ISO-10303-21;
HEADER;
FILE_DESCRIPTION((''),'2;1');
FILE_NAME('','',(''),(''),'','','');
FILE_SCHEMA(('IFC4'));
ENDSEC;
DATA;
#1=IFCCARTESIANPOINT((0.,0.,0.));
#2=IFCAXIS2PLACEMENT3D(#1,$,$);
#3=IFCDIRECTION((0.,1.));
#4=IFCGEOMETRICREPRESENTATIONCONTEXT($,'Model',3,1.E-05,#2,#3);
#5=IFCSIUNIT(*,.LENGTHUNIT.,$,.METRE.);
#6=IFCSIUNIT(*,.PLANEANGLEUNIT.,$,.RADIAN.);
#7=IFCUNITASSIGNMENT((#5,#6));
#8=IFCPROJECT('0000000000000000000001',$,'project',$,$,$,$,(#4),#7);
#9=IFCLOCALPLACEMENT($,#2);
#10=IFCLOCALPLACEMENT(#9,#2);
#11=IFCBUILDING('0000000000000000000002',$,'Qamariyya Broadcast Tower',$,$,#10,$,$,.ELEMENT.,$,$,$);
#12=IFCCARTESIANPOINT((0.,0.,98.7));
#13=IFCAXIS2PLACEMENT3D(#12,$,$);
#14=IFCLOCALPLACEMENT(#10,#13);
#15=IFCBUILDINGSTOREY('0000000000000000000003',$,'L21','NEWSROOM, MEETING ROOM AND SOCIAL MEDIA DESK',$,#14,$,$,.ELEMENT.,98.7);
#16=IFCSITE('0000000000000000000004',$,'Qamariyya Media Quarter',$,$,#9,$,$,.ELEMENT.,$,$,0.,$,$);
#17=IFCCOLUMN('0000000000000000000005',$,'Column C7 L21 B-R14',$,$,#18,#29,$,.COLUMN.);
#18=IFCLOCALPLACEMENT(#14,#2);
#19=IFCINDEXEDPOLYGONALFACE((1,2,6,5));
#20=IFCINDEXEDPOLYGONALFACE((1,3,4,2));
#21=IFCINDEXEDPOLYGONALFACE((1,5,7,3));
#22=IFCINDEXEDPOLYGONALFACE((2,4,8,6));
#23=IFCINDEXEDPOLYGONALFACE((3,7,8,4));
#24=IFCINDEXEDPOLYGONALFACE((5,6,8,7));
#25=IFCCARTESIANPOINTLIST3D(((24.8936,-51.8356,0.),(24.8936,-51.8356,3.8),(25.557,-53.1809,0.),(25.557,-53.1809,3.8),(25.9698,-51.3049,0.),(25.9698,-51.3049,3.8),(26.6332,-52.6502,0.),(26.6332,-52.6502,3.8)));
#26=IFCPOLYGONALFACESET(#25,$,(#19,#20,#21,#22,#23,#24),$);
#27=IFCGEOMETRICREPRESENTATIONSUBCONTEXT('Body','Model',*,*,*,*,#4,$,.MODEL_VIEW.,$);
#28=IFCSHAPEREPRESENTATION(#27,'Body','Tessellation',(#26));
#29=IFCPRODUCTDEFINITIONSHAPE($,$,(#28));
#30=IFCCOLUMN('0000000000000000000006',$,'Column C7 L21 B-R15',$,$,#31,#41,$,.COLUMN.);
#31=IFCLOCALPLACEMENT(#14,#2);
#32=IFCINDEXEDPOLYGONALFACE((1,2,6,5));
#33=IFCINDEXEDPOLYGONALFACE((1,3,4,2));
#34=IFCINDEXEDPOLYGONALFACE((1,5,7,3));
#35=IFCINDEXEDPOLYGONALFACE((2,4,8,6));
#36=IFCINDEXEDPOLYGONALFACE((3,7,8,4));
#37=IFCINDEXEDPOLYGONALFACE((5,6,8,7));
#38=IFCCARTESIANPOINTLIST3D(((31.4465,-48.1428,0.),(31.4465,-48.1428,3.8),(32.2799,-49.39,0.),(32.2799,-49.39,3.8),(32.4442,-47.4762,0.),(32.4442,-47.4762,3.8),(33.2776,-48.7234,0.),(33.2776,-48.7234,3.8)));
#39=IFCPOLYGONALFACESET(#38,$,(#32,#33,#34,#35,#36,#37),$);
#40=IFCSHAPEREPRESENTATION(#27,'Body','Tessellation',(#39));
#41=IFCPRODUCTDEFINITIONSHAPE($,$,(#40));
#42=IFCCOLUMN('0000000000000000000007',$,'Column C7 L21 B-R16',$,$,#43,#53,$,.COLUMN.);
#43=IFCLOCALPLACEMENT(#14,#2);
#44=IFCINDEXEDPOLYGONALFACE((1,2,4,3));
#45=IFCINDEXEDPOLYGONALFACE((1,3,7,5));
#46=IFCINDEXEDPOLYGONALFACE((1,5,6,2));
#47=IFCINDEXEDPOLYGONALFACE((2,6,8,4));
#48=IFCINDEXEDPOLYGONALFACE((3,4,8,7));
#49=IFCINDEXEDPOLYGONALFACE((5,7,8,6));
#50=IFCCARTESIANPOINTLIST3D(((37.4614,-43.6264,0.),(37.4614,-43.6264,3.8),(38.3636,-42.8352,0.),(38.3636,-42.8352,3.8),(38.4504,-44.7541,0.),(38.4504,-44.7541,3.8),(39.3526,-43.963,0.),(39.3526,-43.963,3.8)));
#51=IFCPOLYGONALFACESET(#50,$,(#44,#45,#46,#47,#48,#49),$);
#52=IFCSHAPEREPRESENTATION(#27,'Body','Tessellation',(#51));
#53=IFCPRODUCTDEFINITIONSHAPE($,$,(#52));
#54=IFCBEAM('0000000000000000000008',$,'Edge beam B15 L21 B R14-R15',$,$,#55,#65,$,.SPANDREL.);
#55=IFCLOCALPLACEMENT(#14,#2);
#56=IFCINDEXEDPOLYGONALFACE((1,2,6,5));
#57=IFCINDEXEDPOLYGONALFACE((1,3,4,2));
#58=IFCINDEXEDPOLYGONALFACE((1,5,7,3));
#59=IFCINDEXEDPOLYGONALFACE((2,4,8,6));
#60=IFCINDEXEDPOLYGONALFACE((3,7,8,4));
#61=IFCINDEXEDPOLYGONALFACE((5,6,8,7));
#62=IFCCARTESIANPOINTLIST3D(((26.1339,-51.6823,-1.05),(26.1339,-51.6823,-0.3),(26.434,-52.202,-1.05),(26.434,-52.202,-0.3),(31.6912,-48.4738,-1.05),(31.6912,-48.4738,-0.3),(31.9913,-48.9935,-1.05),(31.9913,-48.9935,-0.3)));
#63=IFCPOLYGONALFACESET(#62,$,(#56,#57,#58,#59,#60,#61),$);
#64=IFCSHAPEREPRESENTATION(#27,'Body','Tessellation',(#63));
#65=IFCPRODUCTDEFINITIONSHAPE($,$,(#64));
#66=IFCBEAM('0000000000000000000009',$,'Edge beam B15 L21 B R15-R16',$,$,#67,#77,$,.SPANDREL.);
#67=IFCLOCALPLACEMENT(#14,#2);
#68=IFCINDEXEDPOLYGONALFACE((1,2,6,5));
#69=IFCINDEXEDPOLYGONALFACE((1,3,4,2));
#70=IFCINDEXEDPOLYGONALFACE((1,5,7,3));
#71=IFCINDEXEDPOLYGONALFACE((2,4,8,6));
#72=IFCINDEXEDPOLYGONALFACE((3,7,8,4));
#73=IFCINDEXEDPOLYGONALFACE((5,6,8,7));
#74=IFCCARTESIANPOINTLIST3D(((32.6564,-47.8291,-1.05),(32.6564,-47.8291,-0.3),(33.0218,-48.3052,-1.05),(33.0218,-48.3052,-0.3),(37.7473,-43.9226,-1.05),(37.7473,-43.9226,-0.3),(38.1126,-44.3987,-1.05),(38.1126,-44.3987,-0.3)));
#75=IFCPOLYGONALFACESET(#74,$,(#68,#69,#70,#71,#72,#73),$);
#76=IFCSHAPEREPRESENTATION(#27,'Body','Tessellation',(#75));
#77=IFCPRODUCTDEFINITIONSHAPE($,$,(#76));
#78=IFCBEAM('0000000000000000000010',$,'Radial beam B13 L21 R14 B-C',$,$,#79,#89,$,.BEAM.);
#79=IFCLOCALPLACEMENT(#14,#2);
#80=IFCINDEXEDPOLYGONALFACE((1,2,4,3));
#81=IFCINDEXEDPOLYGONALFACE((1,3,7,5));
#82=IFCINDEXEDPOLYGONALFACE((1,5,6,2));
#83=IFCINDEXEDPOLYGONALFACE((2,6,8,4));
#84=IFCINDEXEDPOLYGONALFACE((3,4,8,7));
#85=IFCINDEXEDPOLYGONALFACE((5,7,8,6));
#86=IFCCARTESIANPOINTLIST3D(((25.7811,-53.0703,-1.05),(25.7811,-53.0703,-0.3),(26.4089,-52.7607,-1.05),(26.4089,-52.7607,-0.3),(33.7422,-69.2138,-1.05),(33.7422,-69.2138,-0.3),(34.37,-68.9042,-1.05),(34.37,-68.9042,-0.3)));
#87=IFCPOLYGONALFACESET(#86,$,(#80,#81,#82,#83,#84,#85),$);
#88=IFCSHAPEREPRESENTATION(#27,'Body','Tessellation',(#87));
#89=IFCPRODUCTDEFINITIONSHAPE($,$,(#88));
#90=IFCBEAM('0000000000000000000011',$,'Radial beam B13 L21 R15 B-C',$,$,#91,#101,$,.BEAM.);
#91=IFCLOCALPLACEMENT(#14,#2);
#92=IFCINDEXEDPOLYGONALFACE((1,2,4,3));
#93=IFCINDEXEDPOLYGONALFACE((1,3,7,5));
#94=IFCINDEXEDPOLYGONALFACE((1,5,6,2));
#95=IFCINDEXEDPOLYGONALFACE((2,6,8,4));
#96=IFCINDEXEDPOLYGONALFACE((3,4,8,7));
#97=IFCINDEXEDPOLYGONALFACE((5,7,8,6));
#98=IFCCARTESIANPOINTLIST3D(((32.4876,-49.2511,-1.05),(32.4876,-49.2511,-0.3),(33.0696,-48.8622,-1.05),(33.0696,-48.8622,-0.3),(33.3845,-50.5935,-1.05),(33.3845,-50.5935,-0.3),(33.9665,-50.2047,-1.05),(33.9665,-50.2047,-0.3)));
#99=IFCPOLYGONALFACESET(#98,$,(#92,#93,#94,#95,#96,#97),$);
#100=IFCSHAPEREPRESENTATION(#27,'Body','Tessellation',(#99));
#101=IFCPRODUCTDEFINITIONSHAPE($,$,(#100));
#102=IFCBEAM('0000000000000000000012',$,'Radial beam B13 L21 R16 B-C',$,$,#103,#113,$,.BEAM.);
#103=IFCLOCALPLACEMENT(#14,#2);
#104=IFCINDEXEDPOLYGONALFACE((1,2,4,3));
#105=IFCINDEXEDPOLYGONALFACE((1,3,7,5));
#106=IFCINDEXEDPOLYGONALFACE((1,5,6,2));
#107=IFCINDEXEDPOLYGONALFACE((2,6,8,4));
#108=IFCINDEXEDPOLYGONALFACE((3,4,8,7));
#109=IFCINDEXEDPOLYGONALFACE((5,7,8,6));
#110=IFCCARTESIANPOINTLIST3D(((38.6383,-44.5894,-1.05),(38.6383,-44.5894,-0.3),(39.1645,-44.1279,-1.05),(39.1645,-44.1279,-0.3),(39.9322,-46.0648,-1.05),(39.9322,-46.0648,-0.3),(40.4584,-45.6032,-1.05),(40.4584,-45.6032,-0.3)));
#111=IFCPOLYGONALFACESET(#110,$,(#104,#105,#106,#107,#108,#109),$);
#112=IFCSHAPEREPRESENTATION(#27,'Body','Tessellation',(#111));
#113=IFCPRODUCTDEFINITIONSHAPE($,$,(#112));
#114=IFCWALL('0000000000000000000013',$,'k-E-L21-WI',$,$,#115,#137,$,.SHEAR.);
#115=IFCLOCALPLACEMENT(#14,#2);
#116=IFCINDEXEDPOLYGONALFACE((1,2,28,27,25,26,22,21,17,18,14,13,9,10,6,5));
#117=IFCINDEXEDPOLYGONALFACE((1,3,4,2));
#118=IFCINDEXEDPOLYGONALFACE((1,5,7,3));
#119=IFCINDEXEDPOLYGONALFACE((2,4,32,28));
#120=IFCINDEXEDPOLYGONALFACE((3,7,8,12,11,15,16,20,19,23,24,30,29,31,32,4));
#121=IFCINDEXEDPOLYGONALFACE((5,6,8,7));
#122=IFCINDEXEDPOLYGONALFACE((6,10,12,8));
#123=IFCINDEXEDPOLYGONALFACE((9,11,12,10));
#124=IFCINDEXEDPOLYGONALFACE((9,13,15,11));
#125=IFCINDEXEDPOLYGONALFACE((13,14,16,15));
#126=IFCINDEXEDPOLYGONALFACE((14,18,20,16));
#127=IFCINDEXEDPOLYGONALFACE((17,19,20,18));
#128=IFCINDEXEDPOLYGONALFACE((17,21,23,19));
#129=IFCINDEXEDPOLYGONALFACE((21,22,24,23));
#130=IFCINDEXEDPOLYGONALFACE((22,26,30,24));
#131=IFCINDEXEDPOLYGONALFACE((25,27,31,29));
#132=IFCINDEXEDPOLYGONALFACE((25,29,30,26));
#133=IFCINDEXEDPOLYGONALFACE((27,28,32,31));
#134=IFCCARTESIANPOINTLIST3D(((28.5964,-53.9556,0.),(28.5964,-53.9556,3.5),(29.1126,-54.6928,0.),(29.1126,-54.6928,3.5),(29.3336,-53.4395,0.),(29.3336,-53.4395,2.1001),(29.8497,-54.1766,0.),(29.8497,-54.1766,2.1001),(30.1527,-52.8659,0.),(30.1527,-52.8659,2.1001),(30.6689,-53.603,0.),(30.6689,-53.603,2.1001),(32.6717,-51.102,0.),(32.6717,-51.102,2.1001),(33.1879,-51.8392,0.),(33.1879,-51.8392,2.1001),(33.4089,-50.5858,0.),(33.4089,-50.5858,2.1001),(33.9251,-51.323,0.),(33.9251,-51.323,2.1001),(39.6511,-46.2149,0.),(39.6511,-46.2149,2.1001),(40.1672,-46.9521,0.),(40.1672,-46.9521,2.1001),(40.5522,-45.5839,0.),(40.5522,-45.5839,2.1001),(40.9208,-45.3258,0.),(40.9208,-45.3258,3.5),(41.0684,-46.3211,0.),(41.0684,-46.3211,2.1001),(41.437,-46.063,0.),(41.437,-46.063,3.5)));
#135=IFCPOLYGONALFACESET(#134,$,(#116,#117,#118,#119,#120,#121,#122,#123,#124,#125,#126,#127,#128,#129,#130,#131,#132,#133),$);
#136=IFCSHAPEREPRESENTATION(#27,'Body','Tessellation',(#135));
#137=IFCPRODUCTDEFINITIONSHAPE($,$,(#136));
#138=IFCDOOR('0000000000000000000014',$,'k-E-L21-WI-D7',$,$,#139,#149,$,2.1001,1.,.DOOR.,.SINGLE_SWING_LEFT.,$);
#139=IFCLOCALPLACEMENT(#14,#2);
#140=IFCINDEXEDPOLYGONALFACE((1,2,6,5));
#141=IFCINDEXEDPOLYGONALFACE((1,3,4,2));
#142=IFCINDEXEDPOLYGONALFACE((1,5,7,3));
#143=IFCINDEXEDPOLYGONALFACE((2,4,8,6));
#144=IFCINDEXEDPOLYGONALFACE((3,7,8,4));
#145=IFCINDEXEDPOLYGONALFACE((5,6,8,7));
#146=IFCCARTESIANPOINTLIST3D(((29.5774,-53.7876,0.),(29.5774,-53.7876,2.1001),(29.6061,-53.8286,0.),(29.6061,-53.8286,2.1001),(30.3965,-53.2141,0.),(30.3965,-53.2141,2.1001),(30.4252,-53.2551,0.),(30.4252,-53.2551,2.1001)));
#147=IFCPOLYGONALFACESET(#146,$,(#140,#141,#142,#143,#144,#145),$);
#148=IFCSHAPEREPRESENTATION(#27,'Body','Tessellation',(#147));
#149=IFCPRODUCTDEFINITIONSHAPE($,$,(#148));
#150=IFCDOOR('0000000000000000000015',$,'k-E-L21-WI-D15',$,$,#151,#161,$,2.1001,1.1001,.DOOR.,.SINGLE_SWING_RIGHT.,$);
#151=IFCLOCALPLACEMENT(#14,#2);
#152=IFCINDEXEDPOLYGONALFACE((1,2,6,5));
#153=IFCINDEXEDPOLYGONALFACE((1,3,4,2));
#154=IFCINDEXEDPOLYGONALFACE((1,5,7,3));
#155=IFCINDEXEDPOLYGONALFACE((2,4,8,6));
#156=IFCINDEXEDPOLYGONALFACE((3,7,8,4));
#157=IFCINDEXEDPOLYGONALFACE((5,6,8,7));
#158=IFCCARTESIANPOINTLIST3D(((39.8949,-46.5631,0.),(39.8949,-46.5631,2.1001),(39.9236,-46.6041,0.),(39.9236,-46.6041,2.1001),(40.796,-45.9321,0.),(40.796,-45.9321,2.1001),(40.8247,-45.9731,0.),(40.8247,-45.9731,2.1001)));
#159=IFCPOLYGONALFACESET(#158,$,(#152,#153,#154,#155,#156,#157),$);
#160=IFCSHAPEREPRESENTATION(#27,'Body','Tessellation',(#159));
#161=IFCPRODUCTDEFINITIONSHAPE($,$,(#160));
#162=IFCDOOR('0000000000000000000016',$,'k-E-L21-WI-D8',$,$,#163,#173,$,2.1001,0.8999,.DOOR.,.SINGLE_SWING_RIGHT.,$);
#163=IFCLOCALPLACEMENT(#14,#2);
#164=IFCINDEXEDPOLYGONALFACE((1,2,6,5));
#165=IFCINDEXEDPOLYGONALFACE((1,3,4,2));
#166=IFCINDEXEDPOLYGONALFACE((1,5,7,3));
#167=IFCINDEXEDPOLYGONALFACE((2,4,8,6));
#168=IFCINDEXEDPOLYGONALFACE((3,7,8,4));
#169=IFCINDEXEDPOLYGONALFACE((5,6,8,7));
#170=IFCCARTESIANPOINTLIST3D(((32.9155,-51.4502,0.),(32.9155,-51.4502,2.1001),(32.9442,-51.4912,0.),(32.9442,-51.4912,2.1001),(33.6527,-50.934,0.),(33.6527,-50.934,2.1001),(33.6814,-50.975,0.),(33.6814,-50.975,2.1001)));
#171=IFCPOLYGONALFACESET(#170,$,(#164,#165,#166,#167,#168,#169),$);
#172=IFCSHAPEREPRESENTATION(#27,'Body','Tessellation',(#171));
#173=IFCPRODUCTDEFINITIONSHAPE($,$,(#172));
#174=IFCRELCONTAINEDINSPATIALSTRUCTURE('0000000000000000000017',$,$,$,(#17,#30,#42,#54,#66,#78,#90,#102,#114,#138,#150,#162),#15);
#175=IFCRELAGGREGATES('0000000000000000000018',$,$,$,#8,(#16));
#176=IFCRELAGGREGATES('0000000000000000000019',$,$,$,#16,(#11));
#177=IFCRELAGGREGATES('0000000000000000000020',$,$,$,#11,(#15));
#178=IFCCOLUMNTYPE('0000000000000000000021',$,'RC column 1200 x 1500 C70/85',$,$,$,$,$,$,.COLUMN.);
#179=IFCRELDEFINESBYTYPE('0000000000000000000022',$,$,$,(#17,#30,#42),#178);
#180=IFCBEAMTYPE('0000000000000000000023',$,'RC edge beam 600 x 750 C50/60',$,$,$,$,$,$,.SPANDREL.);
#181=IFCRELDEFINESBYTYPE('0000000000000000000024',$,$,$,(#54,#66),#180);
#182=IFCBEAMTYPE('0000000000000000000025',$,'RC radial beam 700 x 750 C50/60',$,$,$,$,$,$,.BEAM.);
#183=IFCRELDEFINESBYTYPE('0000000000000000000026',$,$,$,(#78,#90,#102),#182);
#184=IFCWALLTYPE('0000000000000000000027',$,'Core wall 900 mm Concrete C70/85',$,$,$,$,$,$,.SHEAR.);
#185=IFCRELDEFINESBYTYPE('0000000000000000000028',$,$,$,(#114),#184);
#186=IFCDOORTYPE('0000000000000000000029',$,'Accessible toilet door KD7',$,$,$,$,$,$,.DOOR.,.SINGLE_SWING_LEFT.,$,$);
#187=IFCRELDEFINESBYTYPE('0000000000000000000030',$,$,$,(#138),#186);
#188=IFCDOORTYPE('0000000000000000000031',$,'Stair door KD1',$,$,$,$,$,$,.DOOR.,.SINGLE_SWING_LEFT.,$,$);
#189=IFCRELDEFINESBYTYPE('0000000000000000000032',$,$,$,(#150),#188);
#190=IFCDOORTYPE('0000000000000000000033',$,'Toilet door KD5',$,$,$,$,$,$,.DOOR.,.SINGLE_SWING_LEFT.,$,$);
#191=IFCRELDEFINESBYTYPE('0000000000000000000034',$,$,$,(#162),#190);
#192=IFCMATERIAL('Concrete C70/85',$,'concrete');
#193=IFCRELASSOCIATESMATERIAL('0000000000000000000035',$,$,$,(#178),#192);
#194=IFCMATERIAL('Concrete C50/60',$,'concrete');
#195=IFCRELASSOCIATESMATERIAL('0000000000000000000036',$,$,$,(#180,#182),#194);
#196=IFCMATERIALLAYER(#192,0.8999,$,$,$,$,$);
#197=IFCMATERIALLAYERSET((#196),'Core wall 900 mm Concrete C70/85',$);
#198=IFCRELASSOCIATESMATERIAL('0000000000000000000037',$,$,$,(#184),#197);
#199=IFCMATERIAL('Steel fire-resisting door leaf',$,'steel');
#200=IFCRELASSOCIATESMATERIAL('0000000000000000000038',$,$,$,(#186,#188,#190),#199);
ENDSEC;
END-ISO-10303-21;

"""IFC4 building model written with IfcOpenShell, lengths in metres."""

from ifc_helpers import new_model, si_unit, direction, frame, frame_2d, origin, origin_2d, place, context, subcontext, project, spatial, rectangle, extrude, material, layer, layer_set, material_profile, profile_set, type_object, element, fill, save


model = new_model("IFC4")

# Units and contexts
model_context = context("Model", 3, precision=1e-05, world=origin(), true_north=direction((0.0, 1.0)))
body_context = subcontext(model_context, "Body", "Model", "MODEL_VIEW")
ifc_project = project(units=[si_unit("LENGTHUNIT", "METRE"), si_unit("PLANEANGLEUNIT", "RADIAN")], contexts=[model_context])

# Site, building, storey
site_placement = place(None, origin())
site = spatial("IfcSite", under=ifc_project, at=site_placement, Name="Qamariyya Media Quarter", CompositionType="ELEMENT", RefElevation=0.0)
building_placement = place(site_placement, origin())
building = spatial("IfcBuilding", under=site, at=building_placement, Name="Qamariyya Broadcast Tower", CompositionType="ELEMENT")
storey_placement = place(building_placement, frame((0.0, 0.0, 98.7)))
storey = spatial("IfcBuildingStorey", under=building, at=storey_placement, Name="L21", Description="NEWSROOM, MEETING ROOM AND SOCIAL MEDIA DESK", CompositionType="ELEMENT", Elevation=98.7)

# Columns
ifc_material_1 = material(Name="Concrete C70/85", Category="concrete")
ifc_material_profile_1 = material_profile(ifc_material_1, rectangle(XDim=1.2, YDim=1.5, at=origin_2d()))
ifc_profile_set_1 = profile_set([ifc_material_profile_1], Name="Concrete C70/85")
column_type = type_object("IfcColumnType", Name="RC column 1200 x 1500 C70/85", PredefinedType="COLUMN", material=ifc_profile_set_1)
for number, where, z_axis, x_axis, name in (
    (1, (25.7634, -52.2429, 0.0), (0.0, 0.0, 1.0), (0.896873, 0.442289, 0.0), "Column C7 L21 B-R14"),
    (2, (32.3621, -48.4331, 0.0), (0.0, 0.0, 1.0), (0.83147, 0.55557, 0.0), "Column C7 L21 B-R15"),
    (3, (38.407, -43.7947, 0.0), (0.0, 0.0, 1.0), (0.75184, 0.659346, 0.0), "Column C7 L21 B-R16"),
):
    element("IfcColumn", number, at=place(storey_placement, frame(where, z_axis=z_axis, x_axis=x_axis)), inside=storey, type_object=column_type, Name=name, PredefinedType="COLUMN", context=body_context, shape_type="SweptSolid", body=[
        extrude(rectangle(XDim=1.2, YDim=1.5, at=origin_2d()), origin(), (0.0, 0.0, 1.0), 3.8),
    ])

# Beams
ifc_material_2 = material(Name="Concrete C50/60", Category="concrete")
ifc_material_profile_2 = material_profile(ifc_material_2, rectangle(XDim=0.6001, YDim=0.75, at=origin_2d()))
ifc_profile_set_2 = profile_set([ifc_material_profile_2], Name="Concrete C50/60")
beam_type_1 = type_object("IfcBeamType", Name="RC edge beam 600 x 750 C50/60", PredefinedType="SPANDREL", material=ifc_profile_set_2)
for number, where, z_axis, x_axis, name in (
    (4, (26.2839, -51.9421, -0.675), (0.866029, 0.499994, 0.0), (-0.499994, 0.866029, 0.0), "Edge beam B15 L21 B R14-R15"),
    (5, (32.8391, -48.0671, -0.675), (0.793341, 0.608778, 0.0), (-0.608778, 0.793341, 0.0), "Edge beam B15 L21 B R15-R16"),
):
    element("IfcBeam", number, at=place(storey_placement, frame(where, z_axis=z_axis, x_axis=x_axis)), inside=storey, type_object=beam_type_1, Name=name, PredefinedType="SPANDREL", context=body_context, shape_type="SweptSolid", body=[
        extrude(rectangle(XDim=0.6001, YDim=0.75, at=origin_2d()), origin(), (0.0, 0.0, 1.0), 6.417),
    ])
ifc_material_profile_3 = material_profile(ifc_material_2, rectangle(XDim=0.7, YDim=0.75, at=origin_2d()))
ifc_profile_set_3 = profile_set([ifc_material_profile_3], Name="Concrete C50/60")
beam_type_2 = type_object("IfcBeamType", Name="RC radial beam 700 x 750 C50/60", PredefinedType="BEAM", material=ifc_profile_set_3)
beam_1_placement = place(storey_placement, frame((26.095, -52.9155, -0.675), z_axis=(0.442291, -0.896871, 0.0), x_axis=(0.896871, 0.442291, 0.0)))
element("IfcBeam", 6, at=beam_1_placement, inside=storey, type_object=beam_type_2, Name="Radial beam B13 L21 R14 B-C", PredefinedType="BEAM", context=body_context, shape_type="SweptSolid", body=[
    extrude(rectangle(XDim=0.7, YDim=0.75, at=origin_2d()), origin(), (0.0, 0.0, 1.0), 17.9998),
])
beam_2_placement = place(storey_placement, frame((32.7786, -49.0566, -0.675), z_axis=(0.555537, -0.831492, 0.0), x_axis=(0.831492, 0.555537, 0.0)))
element("IfcBeam", 7, at=beam_2_placement, inside=storey, type_object=beam_type_2, Name="Radial beam B13 L21 R15 B-C", PredefinedType="BEAM", context=body_context, shape_type="SweptSolid", body=[
    extrude(rectangle(XDim=0.7, YDim=0.75, at=origin_2d()), origin(), (0.0, 0.0, 1.0), 1.6145),
])
beam_3_placement = place(storey_placement, frame((38.9014, -44.3586, -0.675), z_axis=(0.659376, -0.751813, 0.0), x_axis=(0.751813, 0.659376, 0.0)))
element("IfcBeam", 8, at=beam_3_placement, inside=storey, type_object=beam_type_2, Name="Radial beam B13 L21 R16 B-C", PredefinedType="BEAM", context=body_context, shape_type="SweptSolid", body=[
    extrude(rectangle(XDim=0.7, YDim=0.75, at=origin_2d()), origin(), (0.0, 0.0, 1.0), 1.9624),
])

# Wall, openings, doors
ifc_layer_1 = layer(ifc_material_1, 0.8999)
ifc_layer_set_1 = layer_set([ifc_layer_1], Name="Core wall 900 mm Concrete C70/85")
wall_type_1 = type_object("IfcWallType", Name="Core wall 900 mm Concrete C70/85", PredefinedType="SHEAR", material=ifc_layer_set_1)
wall_1_placement = place(storey_placement, frame((28.8545, -54.3242, 0.0), z_axis=(0.0, 0.0, 1.0), x_axis=(0.819146, 0.573585, 0.0)))
wall_1 = element("IfcWall", 9, at=wall_1_placement, inside=storey, type_object=wall_type_1, Name="k-E-L21-WI", PredefinedType="SHEAR", context=body_context, shape_type="SweptSolid", body=[
    extrude(rectangle(XDim=15.0454, YDim=0.8999, at=frame_2d((7.5227, 0.0))), origin(), (0.0, 0.0, 1.0), 3.5),
])
opening_1_placement = place(wall_1_placement, frame((0.8999, 0.0, 0.0)))
opening_1 = element("IfcOpeningElement", 10, at=opening_1_placement, cuts=wall_1, PredefinedType="OPENING", context=body_context, shape_type="SweptSolid", body=[
    extrude(rectangle(XDim=1.0, YDim=2.1001, at=frame_2d((0.5, 1.05))), frame((0.0, 0.46, 0.0), z_axis=(0.0, -1.0, 0.0), x_axis=(1.0, 0.0, 0.0)), (0.0, 0.0, 1.0), 0.9199),
])
opening_2_placement = place(wall_1_placement, frame((4.9751, 0.0, 0.0)))
opening_2 = element("IfcOpeningElement", 11, at=opening_2_placement, cuts=wall_1, PredefinedType="OPENING", context=body_context, shape_type="SweptSolid", body=[
    extrude(rectangle(XDim=0.8999, YDim=2.1001, at=frame_2d((0.45, 1.05))), frame((0.0, 0.46, 0.0), z_axis=(0.0, -1.0, 0.0), x_axis=(1.0, 0.0, 0.0)), (0.0, 0.0, 1.0), 0.9199),
])
opening_3_placement = place(wall_1_placement, frame((13.4954, 0.0, 0.0)))
opening_3 = element("IfcOpeningElement", 12, at=opening_3_placement, cuts=wall_1, PredefinedType="OPENING", context=body_context, shape_type="SweptSolid", body=[
    extrude(rectangle(XDim=1.1001, YDim=2.1001, at=frame_2d((0.55, 1.05))), frame((0.0, 0.46, 0.0), z_axis=(0.0, -1.0, 0.0), x_axis=(1.0, 0.0, 0.0)), (0.0, 0.0, 1.0), 0.9199),
])
ifc_material_3 = material(Name="Steel fire-resisting door leaf", Category="steel")
door_type_1 = type_object("IfcDoorType", Name="Accessible toilet door KD7", OperationType="SINGLE_SWING_LEFT", PredefinedType="DOOR", material=ifc_material_3)
door_1_placement = place(opening_1_placement, origin())
door_1 = element("IfcDoor", 13, at=door_1_placement, inside=storey, type_object=door_type_1, Name="k-E-L21-WI-D7", OperationType="SINGLE_SWING_LEFT", OverallHeight=2.1001, OverallWidth=1.0, PredefinedType="DOOR", context=body_context, shape_type="SweptSolid", body=[
    extrude(rectangle(XDim=1.0, YDim=2.1001, at=frame_2d((0.5, 1.05))), frame((0.0, 0.0249, 0.0), z_axis=(0.0, -1.0, 0.0), x_axis=(1.0, 0.0, 0.0)), (0.0, 0.0, 1.0), 0.05),
])
fill(opening_1, door_1)
door_type_2 = type_object("IfcDoorType", Name="Stair door KD1", OperationType="SINGLE_SWING_LEFT", PredefinedType="DOOR", material=ifc_material_3)
door_2_placement = place(opening_3_placement, origin())
door_2 = element("IfcDoor", 14, at=door_2_placement, inside=storey, type_object=door_type_2, Name="k-E-L21-WI-D15", OperationType="SINGLE_SWING_RIGHT", OverallHeight=2.1001, OverallWidth=1.1001, PredefinedType="DOOR", context=body_context, shape_type="SweptSolid", body=[
    extrude(rectangle(XDim=1.1001, YDim=2.1001, at=frame_2d((0.55, 1.05))), frame((0.0, 0.0249, 0.0), z_axis=(0.0, -1.0, 0.0), x_axis=(1.0, 0.0, 0.0)), (0.0, 0.0, 1.0), 0.05),
])
fill(opening_3, door_2)
door_type_3 = type_object("IfcDoorType", Name="Toilet door KD5", OperationType="SINGLE_SWING_LEFT", PredefinedType="DOOR", material=ifc_material_3)
door_3_placement = place(opening_2_placement, origin())
door_3 = element("IfcDoor", 15, at=door_3_placement, inside=storey, type_object=door_type_3, Name="k-E-L21-WI-D8", OperationType="SINGLE_SWING_RIGHT", OverallHeight=2.1001, OverallWidth=0.8999, PredefinedType="DOOR", context=body_context, shape_type="SweptSolid", body=[
    extrude(rectangle(XDim=0.8999, YDim=2.1001, at=frame_2d((0.45, 1.05))), frame((0.0, 0.0249, 0.0), z_axis=(0.0, -1.0, 0.0), x_axis=(1.0, 0.0, 0.0)), (0.0, 0.0, 1.0), 0.05),
])
fill(opening_2, door_3)

save(model, "model.ifc")
